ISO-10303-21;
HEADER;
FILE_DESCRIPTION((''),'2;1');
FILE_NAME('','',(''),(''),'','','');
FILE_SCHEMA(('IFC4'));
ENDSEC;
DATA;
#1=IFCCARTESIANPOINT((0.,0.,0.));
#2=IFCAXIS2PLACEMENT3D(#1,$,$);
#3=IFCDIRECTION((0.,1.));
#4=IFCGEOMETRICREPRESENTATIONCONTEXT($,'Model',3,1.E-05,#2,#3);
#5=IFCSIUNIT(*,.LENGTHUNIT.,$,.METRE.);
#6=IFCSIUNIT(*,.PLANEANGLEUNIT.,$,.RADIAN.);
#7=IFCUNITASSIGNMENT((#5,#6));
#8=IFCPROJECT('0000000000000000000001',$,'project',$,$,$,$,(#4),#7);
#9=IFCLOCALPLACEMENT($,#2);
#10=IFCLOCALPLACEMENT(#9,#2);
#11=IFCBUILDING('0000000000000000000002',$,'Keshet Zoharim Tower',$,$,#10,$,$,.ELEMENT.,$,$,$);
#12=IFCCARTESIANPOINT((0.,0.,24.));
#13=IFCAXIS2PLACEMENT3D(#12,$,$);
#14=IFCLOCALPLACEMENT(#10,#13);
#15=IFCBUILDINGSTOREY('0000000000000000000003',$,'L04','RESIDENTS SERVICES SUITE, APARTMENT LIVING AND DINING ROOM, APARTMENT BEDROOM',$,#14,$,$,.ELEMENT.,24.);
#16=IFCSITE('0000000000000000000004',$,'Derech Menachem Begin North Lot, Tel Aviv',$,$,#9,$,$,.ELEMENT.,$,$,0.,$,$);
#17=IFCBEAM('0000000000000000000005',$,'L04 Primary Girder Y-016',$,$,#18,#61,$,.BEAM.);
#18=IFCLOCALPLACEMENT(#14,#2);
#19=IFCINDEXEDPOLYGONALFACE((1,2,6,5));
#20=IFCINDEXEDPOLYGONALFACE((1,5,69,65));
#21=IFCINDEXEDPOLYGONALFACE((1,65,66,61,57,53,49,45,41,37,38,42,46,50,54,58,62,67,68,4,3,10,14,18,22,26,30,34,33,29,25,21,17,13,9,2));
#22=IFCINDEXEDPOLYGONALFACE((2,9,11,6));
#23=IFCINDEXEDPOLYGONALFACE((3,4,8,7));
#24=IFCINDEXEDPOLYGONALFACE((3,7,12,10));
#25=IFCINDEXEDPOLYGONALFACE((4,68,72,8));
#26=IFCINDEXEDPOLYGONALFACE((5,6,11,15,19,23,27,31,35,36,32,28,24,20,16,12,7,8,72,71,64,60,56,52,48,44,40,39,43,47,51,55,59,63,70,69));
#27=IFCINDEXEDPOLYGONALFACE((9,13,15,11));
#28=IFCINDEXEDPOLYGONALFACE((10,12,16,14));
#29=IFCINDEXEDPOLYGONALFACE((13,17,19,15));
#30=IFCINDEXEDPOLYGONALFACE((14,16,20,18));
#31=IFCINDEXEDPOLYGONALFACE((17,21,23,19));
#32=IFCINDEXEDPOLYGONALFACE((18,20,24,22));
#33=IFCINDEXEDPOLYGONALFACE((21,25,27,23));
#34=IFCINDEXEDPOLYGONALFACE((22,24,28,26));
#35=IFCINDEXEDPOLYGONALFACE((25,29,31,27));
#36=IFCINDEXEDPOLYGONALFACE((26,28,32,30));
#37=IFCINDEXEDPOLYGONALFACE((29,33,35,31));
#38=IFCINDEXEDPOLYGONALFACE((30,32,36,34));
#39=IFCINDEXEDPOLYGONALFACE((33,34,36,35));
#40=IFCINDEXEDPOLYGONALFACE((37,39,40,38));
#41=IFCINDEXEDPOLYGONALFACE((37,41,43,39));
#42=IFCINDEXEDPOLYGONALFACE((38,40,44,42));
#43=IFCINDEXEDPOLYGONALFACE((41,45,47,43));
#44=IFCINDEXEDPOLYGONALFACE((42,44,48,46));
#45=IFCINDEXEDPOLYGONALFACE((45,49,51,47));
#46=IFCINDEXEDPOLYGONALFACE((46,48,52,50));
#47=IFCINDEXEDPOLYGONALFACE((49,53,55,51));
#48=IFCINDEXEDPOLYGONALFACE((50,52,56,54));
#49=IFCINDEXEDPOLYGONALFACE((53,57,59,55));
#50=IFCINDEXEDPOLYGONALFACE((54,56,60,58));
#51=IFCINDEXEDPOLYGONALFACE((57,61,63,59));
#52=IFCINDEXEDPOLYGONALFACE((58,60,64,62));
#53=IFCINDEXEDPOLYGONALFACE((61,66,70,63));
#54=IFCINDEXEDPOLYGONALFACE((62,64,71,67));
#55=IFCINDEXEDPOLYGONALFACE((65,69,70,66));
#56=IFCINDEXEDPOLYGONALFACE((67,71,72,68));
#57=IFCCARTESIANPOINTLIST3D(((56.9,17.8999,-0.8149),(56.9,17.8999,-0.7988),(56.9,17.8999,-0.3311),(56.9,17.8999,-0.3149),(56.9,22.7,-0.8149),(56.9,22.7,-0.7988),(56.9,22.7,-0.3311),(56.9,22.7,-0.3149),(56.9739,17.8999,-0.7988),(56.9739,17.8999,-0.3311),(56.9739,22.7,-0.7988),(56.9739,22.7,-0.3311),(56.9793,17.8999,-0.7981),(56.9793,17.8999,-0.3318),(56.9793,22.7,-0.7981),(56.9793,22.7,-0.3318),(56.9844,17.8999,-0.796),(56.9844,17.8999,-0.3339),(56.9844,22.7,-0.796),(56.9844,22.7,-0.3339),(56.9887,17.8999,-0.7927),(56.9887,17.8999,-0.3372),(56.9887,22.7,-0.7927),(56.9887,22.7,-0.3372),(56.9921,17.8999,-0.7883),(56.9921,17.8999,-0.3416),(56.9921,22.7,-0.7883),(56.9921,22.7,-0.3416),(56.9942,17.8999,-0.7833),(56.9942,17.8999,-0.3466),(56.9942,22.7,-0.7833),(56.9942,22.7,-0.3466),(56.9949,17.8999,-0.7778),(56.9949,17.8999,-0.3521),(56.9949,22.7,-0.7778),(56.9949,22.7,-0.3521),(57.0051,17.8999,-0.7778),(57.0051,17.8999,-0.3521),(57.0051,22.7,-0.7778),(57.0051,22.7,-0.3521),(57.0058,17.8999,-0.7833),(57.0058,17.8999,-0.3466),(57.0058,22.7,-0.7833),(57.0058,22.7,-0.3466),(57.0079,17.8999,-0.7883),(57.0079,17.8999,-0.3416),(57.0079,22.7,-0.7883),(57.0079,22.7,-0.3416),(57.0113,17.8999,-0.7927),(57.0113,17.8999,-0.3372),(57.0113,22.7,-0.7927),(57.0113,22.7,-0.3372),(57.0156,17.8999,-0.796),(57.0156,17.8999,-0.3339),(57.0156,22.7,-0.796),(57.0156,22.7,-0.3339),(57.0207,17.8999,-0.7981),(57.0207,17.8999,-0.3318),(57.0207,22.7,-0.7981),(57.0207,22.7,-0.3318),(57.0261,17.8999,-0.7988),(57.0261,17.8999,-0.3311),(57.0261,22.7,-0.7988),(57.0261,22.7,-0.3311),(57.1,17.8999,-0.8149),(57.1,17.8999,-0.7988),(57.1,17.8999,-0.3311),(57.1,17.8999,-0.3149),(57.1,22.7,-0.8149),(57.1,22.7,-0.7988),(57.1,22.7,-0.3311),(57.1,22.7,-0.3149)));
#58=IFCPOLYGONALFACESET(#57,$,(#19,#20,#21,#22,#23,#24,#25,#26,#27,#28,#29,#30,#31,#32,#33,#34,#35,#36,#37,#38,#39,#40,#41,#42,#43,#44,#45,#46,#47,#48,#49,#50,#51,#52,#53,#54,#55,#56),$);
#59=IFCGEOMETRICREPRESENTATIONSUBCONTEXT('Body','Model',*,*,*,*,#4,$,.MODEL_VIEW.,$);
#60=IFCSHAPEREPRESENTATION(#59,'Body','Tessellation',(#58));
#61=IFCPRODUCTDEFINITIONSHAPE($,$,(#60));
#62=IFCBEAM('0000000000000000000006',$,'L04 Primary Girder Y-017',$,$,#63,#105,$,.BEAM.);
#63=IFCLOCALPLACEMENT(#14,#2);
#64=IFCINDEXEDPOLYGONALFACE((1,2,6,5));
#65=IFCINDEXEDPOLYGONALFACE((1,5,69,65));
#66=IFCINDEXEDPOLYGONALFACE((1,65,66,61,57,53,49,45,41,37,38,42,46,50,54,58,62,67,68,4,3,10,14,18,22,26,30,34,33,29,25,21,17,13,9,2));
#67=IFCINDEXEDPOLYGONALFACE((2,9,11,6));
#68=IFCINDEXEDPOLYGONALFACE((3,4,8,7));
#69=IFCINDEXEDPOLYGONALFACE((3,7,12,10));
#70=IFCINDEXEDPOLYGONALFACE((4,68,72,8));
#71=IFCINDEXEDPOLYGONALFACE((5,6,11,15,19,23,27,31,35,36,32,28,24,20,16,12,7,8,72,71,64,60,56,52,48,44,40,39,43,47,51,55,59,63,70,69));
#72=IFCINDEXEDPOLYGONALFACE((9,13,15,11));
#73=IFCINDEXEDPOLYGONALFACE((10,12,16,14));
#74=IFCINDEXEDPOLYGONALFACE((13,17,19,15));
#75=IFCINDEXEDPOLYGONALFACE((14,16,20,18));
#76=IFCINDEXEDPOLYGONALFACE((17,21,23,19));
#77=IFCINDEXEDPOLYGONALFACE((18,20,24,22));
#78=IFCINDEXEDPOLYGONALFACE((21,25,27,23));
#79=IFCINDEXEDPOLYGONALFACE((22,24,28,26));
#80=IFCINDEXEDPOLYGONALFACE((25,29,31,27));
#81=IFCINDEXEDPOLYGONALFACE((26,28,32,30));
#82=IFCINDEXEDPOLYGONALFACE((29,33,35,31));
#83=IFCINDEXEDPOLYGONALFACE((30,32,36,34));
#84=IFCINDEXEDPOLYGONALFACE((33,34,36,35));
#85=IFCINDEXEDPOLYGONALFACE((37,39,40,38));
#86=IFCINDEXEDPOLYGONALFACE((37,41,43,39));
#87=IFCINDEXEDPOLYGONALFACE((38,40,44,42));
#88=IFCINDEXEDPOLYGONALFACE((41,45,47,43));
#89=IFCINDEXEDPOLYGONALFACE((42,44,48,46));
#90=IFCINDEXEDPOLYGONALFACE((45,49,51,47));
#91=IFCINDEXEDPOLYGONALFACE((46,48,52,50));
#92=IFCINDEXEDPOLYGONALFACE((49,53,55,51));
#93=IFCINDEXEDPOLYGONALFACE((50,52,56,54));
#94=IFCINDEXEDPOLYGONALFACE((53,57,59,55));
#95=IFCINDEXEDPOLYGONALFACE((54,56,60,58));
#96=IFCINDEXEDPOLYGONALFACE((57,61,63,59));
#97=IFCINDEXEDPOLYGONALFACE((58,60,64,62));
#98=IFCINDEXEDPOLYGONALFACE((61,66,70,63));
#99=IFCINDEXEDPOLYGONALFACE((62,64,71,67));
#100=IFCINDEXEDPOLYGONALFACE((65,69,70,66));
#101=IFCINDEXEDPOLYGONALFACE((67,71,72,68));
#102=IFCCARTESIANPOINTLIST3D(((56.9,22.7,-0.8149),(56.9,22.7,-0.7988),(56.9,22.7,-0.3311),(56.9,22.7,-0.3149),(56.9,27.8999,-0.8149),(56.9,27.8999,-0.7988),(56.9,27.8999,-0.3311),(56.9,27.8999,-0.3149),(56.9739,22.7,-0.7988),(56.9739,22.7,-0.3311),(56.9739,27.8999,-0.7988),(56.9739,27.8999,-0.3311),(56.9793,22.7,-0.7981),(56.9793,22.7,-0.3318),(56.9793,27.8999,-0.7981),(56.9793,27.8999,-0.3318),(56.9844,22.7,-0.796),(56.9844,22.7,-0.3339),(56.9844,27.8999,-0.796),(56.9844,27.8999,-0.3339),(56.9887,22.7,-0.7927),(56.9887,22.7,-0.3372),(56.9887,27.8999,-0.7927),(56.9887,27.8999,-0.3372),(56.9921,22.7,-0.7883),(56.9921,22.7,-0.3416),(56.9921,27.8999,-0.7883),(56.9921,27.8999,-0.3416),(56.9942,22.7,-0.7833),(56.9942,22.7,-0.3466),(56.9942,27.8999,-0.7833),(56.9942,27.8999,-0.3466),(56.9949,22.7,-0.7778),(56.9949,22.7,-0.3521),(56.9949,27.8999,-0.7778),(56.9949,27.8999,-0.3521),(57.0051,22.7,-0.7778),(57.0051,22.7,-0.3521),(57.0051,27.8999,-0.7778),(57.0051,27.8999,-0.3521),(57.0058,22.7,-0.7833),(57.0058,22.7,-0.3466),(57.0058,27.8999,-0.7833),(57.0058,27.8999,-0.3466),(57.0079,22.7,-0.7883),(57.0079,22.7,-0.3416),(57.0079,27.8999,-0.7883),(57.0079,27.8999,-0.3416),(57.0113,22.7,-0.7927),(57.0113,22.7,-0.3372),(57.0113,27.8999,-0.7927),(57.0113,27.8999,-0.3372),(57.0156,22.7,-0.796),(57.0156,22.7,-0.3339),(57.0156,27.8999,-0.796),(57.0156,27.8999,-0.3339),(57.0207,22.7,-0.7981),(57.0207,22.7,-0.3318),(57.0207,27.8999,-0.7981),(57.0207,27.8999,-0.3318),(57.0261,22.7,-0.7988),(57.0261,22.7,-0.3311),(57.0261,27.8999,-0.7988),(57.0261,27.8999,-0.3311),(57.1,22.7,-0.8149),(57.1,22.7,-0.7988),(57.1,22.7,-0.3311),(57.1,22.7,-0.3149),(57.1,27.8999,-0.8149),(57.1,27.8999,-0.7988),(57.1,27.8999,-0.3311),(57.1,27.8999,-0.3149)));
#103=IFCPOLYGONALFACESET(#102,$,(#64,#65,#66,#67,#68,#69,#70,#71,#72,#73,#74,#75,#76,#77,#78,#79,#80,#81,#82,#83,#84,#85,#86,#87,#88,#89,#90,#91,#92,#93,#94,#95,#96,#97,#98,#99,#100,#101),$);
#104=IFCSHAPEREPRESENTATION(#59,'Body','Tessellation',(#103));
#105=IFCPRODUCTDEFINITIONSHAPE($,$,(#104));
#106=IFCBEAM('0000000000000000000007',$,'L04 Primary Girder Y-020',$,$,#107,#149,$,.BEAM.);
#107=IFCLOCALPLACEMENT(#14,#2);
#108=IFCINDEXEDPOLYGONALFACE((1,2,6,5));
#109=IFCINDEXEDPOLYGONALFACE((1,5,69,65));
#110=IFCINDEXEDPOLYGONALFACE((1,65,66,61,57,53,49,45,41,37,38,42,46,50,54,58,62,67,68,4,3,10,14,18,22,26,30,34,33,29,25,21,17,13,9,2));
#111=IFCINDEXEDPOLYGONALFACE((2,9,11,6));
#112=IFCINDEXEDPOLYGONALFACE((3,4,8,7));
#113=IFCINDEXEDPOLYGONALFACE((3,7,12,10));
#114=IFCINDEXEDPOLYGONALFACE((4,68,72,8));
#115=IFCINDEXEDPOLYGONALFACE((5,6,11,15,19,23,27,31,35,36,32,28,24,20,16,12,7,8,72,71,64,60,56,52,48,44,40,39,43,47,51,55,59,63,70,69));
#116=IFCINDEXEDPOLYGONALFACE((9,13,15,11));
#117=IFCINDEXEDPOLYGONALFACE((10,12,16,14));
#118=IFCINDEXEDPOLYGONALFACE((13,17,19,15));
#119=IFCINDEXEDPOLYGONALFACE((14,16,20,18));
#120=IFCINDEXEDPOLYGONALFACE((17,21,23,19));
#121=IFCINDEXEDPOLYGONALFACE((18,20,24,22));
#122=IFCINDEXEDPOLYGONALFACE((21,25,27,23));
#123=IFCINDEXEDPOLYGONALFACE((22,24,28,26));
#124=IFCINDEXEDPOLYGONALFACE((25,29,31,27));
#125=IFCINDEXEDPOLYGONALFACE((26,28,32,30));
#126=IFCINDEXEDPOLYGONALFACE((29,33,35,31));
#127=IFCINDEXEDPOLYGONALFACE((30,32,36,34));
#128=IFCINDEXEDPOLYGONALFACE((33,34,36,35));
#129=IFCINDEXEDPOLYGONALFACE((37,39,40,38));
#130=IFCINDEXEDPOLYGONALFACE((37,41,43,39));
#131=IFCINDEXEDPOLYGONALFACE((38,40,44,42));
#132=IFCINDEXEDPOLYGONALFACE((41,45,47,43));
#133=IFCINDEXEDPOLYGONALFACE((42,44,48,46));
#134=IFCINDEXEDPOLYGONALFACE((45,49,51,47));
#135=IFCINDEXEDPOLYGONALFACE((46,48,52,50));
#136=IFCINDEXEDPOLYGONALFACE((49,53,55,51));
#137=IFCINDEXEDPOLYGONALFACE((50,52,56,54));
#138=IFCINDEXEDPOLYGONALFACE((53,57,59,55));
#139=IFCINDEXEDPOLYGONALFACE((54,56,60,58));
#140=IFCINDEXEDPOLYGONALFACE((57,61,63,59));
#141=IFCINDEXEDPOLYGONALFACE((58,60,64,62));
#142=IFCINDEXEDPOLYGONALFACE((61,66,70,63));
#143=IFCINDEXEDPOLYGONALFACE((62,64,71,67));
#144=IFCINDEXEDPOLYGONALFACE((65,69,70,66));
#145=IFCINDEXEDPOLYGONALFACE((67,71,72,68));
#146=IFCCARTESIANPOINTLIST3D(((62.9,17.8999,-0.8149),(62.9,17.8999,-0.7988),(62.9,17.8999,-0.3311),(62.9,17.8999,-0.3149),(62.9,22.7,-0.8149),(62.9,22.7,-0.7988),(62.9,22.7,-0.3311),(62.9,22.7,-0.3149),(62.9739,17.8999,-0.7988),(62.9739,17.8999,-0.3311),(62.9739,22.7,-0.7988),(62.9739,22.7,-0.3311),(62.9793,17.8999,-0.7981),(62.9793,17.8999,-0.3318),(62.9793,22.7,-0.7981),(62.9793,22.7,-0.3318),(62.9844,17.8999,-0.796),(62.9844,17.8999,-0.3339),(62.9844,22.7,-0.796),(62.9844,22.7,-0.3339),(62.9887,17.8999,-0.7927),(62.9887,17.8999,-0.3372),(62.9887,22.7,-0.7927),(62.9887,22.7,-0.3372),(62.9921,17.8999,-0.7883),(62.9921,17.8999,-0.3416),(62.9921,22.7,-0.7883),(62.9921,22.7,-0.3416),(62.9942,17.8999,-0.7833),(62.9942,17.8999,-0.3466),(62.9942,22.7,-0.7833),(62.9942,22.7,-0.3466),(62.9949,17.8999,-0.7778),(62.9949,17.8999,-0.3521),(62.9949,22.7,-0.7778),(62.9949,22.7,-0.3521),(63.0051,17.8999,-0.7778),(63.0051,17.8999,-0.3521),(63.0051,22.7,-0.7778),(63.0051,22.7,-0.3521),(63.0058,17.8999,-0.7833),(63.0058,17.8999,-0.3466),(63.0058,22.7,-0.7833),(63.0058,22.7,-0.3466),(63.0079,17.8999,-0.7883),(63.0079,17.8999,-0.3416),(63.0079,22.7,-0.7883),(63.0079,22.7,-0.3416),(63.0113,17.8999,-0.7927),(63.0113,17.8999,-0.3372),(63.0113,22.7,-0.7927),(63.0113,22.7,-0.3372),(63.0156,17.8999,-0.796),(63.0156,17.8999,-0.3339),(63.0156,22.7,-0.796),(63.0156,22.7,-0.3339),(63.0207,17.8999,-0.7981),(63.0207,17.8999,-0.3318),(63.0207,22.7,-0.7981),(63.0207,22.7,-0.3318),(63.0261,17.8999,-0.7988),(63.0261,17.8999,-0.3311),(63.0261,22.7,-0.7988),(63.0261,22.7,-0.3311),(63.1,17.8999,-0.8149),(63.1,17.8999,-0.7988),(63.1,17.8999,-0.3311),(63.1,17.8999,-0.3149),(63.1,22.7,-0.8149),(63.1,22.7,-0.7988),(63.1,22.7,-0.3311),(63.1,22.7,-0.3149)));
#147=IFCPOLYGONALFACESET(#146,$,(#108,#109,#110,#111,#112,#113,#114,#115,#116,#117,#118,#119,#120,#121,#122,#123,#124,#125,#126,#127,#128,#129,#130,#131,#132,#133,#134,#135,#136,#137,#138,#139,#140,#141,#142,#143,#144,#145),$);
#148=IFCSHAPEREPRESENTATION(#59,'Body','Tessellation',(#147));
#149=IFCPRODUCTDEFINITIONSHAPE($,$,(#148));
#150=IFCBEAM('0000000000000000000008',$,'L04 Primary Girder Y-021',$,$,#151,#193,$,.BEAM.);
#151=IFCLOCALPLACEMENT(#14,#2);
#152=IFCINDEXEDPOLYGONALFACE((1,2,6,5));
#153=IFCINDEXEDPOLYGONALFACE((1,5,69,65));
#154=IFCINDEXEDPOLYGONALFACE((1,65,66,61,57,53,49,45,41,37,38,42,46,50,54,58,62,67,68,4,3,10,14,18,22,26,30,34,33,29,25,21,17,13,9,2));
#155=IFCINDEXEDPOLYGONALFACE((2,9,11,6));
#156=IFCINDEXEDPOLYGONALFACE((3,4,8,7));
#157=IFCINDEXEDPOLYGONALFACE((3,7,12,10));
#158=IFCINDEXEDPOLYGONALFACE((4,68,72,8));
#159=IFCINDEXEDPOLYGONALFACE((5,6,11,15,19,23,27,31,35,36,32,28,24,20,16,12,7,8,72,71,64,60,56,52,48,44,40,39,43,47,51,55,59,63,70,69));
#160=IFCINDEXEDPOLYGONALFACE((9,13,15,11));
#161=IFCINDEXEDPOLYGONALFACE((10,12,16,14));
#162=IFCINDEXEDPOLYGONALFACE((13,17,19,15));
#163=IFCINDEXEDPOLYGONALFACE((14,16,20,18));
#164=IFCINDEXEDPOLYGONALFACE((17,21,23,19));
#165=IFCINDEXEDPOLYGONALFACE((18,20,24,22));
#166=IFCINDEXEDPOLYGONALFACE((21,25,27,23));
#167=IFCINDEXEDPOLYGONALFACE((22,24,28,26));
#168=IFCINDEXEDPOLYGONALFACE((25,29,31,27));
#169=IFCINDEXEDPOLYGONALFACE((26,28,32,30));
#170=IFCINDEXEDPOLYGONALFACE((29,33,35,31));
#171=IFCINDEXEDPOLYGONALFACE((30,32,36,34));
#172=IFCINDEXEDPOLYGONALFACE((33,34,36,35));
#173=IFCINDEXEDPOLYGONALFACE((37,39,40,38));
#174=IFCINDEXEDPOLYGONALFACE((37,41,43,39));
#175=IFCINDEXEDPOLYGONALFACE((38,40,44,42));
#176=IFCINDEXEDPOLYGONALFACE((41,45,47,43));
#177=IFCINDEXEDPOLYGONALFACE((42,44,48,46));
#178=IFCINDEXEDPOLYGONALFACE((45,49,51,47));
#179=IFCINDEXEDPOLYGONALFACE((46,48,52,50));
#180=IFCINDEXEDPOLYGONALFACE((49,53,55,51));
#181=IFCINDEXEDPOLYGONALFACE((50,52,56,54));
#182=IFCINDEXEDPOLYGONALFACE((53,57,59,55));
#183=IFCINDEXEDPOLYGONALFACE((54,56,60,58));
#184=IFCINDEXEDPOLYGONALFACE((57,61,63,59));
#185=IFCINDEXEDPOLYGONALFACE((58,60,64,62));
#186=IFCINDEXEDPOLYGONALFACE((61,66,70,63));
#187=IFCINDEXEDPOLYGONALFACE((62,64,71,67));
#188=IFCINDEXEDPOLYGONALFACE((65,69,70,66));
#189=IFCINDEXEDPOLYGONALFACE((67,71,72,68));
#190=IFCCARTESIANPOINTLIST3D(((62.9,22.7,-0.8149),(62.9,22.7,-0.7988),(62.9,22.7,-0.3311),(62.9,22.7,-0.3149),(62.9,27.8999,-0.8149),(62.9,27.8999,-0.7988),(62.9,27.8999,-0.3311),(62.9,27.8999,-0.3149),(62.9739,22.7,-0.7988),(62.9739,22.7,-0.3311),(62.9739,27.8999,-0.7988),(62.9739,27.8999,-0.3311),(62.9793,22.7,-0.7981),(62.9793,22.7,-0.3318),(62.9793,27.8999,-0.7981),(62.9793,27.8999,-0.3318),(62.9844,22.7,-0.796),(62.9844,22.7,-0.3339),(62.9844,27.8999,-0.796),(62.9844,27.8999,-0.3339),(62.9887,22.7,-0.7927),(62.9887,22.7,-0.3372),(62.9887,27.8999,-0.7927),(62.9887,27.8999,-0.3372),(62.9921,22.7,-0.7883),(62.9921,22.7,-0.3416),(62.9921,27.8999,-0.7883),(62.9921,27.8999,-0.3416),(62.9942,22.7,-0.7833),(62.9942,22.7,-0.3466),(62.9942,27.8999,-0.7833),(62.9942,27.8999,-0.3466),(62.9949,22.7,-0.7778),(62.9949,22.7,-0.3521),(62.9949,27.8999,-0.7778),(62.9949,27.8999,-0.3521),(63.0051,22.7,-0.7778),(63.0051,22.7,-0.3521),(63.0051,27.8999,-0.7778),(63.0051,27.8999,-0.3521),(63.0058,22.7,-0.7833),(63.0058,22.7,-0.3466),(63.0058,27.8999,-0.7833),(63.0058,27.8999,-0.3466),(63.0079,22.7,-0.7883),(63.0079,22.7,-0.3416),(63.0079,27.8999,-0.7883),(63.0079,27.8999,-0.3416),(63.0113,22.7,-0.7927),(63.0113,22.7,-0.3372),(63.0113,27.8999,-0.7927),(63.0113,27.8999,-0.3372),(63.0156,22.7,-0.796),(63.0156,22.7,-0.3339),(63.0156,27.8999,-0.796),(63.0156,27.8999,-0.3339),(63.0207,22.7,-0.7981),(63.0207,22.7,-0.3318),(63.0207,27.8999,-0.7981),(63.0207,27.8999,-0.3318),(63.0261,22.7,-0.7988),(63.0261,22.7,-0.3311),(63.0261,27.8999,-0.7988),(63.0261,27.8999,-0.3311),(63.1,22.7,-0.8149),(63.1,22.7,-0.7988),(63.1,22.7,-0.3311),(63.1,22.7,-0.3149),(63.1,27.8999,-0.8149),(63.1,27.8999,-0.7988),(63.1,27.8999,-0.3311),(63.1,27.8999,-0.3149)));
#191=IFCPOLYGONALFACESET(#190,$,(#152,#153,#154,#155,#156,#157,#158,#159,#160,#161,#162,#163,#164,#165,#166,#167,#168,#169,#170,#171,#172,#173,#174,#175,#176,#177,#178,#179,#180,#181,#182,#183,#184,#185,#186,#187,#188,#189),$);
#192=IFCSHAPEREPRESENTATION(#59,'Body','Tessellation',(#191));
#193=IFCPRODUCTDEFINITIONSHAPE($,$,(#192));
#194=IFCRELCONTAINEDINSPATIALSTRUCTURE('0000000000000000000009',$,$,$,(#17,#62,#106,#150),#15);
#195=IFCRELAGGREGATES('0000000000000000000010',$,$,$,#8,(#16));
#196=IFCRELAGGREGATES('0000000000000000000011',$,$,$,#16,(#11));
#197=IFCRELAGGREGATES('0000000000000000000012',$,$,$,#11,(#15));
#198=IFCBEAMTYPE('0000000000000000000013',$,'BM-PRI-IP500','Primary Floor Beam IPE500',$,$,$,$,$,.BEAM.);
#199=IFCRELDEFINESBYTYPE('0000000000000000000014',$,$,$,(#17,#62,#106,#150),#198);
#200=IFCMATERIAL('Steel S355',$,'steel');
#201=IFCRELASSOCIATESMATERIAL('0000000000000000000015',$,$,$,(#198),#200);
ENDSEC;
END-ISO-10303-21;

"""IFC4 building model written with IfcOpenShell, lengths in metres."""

from ifc_helpers import new_model, si_unit, direction, frame, origin, origin_2d, place, context, subcontext, project, spatial, i_section, extrude, material, material_profile, profile_set, type_object, element, save


model = new_model("IFC4")

# Units and contexts
model_context = context("Model", 3, precision=1e-05, world=origin(), true_north=direction((0.0, 1.0)))
body_context = subcontext(model_context, "Body", "Model", "MODEL_VIEW")
ifc_project = project(units=[si_unit("LENGTHUNIT", "METRE"), si_unit("PLANEANGLEUNIT", "RADIAN")], contexts=[model_context])

# Site, building, storey
site_placement = place(None, origin())
site = spatial("IfcSite", under=ifc_project, at=site_placement, Name="Derech Menachem Begin North Lot, Tel Aviv", CompositionType="ELEMENT", RefElevation=0.0)
building_placement = place(site_placement, origin())
building = spatial("IfcBuilding", under=site, at=building_placement, Name="Keshet Zoharim Tower", CompositionType="ELEMENT")
storey_placement = place(building_placement, frame((0.0, 0.0, 24.0)))
storey = spatial("IfcBuildingStorey", under=building, at=storey_placement, Name="L04", Description="RESIDENTS SERVICES SUITE, APARTMENT LIVING AND DINING ROOM, APARTMENT BEDROOM", CompositionType="ELEMENT", Elevation=24.0)

# Shared definitions
ifc_material_1 = material(Name="Steel S355", Category="steel")

# Beams
ifc_material_profile_1 = material_profile(ifc_material_1, i_section(OverallWidth=0.2, OverallDepth=0.5, WebThickness=0.0103, FlangeThickness=0.0161, FilletRadius=0.021, at=origin_2d()), Name="IPE500")
ifc_profile_set_1 = profile_set([ifc_material_profile_1], Name="Steel S355")
beam_type_1 = type_object("IfcBeamType", Name="BM-PRI-IP500", Description="Primary Floor Beam IPE500", PredefinedType="BEAM", material=ifc_profile_set_1)
beam_1_placement = place(storey_placement, frame((57.0, 17.8999, -0.5649), z_axis=(0.0, 1.0, 0.0), x_axis=(-1.0, 0.0, 0.0)))
element("IfcBeam", 1, at=beam_1_placement, inside=storey, type_object=beam_type_1, Name="L04 Primary Girder Y-016", PredefinedType="BEAM", context=body_context, shape_type="SweptSolid", body=[
    extrude(i_section(OverallWidth=0.2, OverallDepth=0.5, WebThickness=0.0103, FlangeThickness=0.0161, FilletRadius=0.021, at=origin_2d()), origin(), (0.0, 0.0, 1.0), 4.8),
])
beam_2_placement = place(storey_placement, frame((57.0, 22.7, -0.5649), z_axis=(0.0, 1.0, 0.0), x_axis=(-1.0, 0.0, 0.0)))
element("IfcBeam", 2, at=beam_2_placement, inside=storey, type_object=beam_type_1, Name="L04 Primary Girder Y-017", PredefinedType="BEAM", context=body_context, shape_type="SweptSolid", body=[
    extrude(i_section(OverallWidth=0.2, OverallDepth=0.5, WebThickness=0.0103, FlangeThickness=0.0161, FilletRadius=0.021, at=origin_2d()), origin(), (0.0, 0.0, 1.0), 5.2),
])
beam_3_placement = place(storey_placement, frame((63.0, 17.8999, -0.5649), z_axis=(0.0, 1.0, 0.0), x_axis=(-1.0, 0.0, 0.0)))
element("IfcBeam", 3, at=beam_3_placement, inside=storey, type_object=beam_type_1, Name="L04 Primary Girder Y-020", PredefinedType="BEAM", context=body_context, shape_type="SweptSolid", body=[
    extrude(i_section(OverallWidth=0.2, OverallDepth=0.5, WebThickness=0.0103, FlangeThickness=0.0161, FilletRadius=0.021, at=origin_2d()), origin(), (0.0, 0.0, 1.0), 4.8),
])
beam_4_placement = place(storey_placement, frame((63.0, 22.7, -0.5649), z_axis=(0.0, 1.0, 0.0), x_axis=(-1.0, 0.0, 0.0)))
element("IfcBeam", 4, at=beam_4_placement, inside=storey, type_object=beam_type_1, Name="L04 Primary Girder Y-021", PredefinedType="BEAM", context=body_context, shape_type="SweptSolid", body=[
    extrude(i_section(OverallWidth=0.2, OverallDepth=0.5, WebThickness=0.0103, FlangeThickness=0.0161, FilletRadius=0.021, at=origin_2d()), origin(), (0.0, 0.0, 1.0), 5.2),
])

save(model, "model.ifc")
